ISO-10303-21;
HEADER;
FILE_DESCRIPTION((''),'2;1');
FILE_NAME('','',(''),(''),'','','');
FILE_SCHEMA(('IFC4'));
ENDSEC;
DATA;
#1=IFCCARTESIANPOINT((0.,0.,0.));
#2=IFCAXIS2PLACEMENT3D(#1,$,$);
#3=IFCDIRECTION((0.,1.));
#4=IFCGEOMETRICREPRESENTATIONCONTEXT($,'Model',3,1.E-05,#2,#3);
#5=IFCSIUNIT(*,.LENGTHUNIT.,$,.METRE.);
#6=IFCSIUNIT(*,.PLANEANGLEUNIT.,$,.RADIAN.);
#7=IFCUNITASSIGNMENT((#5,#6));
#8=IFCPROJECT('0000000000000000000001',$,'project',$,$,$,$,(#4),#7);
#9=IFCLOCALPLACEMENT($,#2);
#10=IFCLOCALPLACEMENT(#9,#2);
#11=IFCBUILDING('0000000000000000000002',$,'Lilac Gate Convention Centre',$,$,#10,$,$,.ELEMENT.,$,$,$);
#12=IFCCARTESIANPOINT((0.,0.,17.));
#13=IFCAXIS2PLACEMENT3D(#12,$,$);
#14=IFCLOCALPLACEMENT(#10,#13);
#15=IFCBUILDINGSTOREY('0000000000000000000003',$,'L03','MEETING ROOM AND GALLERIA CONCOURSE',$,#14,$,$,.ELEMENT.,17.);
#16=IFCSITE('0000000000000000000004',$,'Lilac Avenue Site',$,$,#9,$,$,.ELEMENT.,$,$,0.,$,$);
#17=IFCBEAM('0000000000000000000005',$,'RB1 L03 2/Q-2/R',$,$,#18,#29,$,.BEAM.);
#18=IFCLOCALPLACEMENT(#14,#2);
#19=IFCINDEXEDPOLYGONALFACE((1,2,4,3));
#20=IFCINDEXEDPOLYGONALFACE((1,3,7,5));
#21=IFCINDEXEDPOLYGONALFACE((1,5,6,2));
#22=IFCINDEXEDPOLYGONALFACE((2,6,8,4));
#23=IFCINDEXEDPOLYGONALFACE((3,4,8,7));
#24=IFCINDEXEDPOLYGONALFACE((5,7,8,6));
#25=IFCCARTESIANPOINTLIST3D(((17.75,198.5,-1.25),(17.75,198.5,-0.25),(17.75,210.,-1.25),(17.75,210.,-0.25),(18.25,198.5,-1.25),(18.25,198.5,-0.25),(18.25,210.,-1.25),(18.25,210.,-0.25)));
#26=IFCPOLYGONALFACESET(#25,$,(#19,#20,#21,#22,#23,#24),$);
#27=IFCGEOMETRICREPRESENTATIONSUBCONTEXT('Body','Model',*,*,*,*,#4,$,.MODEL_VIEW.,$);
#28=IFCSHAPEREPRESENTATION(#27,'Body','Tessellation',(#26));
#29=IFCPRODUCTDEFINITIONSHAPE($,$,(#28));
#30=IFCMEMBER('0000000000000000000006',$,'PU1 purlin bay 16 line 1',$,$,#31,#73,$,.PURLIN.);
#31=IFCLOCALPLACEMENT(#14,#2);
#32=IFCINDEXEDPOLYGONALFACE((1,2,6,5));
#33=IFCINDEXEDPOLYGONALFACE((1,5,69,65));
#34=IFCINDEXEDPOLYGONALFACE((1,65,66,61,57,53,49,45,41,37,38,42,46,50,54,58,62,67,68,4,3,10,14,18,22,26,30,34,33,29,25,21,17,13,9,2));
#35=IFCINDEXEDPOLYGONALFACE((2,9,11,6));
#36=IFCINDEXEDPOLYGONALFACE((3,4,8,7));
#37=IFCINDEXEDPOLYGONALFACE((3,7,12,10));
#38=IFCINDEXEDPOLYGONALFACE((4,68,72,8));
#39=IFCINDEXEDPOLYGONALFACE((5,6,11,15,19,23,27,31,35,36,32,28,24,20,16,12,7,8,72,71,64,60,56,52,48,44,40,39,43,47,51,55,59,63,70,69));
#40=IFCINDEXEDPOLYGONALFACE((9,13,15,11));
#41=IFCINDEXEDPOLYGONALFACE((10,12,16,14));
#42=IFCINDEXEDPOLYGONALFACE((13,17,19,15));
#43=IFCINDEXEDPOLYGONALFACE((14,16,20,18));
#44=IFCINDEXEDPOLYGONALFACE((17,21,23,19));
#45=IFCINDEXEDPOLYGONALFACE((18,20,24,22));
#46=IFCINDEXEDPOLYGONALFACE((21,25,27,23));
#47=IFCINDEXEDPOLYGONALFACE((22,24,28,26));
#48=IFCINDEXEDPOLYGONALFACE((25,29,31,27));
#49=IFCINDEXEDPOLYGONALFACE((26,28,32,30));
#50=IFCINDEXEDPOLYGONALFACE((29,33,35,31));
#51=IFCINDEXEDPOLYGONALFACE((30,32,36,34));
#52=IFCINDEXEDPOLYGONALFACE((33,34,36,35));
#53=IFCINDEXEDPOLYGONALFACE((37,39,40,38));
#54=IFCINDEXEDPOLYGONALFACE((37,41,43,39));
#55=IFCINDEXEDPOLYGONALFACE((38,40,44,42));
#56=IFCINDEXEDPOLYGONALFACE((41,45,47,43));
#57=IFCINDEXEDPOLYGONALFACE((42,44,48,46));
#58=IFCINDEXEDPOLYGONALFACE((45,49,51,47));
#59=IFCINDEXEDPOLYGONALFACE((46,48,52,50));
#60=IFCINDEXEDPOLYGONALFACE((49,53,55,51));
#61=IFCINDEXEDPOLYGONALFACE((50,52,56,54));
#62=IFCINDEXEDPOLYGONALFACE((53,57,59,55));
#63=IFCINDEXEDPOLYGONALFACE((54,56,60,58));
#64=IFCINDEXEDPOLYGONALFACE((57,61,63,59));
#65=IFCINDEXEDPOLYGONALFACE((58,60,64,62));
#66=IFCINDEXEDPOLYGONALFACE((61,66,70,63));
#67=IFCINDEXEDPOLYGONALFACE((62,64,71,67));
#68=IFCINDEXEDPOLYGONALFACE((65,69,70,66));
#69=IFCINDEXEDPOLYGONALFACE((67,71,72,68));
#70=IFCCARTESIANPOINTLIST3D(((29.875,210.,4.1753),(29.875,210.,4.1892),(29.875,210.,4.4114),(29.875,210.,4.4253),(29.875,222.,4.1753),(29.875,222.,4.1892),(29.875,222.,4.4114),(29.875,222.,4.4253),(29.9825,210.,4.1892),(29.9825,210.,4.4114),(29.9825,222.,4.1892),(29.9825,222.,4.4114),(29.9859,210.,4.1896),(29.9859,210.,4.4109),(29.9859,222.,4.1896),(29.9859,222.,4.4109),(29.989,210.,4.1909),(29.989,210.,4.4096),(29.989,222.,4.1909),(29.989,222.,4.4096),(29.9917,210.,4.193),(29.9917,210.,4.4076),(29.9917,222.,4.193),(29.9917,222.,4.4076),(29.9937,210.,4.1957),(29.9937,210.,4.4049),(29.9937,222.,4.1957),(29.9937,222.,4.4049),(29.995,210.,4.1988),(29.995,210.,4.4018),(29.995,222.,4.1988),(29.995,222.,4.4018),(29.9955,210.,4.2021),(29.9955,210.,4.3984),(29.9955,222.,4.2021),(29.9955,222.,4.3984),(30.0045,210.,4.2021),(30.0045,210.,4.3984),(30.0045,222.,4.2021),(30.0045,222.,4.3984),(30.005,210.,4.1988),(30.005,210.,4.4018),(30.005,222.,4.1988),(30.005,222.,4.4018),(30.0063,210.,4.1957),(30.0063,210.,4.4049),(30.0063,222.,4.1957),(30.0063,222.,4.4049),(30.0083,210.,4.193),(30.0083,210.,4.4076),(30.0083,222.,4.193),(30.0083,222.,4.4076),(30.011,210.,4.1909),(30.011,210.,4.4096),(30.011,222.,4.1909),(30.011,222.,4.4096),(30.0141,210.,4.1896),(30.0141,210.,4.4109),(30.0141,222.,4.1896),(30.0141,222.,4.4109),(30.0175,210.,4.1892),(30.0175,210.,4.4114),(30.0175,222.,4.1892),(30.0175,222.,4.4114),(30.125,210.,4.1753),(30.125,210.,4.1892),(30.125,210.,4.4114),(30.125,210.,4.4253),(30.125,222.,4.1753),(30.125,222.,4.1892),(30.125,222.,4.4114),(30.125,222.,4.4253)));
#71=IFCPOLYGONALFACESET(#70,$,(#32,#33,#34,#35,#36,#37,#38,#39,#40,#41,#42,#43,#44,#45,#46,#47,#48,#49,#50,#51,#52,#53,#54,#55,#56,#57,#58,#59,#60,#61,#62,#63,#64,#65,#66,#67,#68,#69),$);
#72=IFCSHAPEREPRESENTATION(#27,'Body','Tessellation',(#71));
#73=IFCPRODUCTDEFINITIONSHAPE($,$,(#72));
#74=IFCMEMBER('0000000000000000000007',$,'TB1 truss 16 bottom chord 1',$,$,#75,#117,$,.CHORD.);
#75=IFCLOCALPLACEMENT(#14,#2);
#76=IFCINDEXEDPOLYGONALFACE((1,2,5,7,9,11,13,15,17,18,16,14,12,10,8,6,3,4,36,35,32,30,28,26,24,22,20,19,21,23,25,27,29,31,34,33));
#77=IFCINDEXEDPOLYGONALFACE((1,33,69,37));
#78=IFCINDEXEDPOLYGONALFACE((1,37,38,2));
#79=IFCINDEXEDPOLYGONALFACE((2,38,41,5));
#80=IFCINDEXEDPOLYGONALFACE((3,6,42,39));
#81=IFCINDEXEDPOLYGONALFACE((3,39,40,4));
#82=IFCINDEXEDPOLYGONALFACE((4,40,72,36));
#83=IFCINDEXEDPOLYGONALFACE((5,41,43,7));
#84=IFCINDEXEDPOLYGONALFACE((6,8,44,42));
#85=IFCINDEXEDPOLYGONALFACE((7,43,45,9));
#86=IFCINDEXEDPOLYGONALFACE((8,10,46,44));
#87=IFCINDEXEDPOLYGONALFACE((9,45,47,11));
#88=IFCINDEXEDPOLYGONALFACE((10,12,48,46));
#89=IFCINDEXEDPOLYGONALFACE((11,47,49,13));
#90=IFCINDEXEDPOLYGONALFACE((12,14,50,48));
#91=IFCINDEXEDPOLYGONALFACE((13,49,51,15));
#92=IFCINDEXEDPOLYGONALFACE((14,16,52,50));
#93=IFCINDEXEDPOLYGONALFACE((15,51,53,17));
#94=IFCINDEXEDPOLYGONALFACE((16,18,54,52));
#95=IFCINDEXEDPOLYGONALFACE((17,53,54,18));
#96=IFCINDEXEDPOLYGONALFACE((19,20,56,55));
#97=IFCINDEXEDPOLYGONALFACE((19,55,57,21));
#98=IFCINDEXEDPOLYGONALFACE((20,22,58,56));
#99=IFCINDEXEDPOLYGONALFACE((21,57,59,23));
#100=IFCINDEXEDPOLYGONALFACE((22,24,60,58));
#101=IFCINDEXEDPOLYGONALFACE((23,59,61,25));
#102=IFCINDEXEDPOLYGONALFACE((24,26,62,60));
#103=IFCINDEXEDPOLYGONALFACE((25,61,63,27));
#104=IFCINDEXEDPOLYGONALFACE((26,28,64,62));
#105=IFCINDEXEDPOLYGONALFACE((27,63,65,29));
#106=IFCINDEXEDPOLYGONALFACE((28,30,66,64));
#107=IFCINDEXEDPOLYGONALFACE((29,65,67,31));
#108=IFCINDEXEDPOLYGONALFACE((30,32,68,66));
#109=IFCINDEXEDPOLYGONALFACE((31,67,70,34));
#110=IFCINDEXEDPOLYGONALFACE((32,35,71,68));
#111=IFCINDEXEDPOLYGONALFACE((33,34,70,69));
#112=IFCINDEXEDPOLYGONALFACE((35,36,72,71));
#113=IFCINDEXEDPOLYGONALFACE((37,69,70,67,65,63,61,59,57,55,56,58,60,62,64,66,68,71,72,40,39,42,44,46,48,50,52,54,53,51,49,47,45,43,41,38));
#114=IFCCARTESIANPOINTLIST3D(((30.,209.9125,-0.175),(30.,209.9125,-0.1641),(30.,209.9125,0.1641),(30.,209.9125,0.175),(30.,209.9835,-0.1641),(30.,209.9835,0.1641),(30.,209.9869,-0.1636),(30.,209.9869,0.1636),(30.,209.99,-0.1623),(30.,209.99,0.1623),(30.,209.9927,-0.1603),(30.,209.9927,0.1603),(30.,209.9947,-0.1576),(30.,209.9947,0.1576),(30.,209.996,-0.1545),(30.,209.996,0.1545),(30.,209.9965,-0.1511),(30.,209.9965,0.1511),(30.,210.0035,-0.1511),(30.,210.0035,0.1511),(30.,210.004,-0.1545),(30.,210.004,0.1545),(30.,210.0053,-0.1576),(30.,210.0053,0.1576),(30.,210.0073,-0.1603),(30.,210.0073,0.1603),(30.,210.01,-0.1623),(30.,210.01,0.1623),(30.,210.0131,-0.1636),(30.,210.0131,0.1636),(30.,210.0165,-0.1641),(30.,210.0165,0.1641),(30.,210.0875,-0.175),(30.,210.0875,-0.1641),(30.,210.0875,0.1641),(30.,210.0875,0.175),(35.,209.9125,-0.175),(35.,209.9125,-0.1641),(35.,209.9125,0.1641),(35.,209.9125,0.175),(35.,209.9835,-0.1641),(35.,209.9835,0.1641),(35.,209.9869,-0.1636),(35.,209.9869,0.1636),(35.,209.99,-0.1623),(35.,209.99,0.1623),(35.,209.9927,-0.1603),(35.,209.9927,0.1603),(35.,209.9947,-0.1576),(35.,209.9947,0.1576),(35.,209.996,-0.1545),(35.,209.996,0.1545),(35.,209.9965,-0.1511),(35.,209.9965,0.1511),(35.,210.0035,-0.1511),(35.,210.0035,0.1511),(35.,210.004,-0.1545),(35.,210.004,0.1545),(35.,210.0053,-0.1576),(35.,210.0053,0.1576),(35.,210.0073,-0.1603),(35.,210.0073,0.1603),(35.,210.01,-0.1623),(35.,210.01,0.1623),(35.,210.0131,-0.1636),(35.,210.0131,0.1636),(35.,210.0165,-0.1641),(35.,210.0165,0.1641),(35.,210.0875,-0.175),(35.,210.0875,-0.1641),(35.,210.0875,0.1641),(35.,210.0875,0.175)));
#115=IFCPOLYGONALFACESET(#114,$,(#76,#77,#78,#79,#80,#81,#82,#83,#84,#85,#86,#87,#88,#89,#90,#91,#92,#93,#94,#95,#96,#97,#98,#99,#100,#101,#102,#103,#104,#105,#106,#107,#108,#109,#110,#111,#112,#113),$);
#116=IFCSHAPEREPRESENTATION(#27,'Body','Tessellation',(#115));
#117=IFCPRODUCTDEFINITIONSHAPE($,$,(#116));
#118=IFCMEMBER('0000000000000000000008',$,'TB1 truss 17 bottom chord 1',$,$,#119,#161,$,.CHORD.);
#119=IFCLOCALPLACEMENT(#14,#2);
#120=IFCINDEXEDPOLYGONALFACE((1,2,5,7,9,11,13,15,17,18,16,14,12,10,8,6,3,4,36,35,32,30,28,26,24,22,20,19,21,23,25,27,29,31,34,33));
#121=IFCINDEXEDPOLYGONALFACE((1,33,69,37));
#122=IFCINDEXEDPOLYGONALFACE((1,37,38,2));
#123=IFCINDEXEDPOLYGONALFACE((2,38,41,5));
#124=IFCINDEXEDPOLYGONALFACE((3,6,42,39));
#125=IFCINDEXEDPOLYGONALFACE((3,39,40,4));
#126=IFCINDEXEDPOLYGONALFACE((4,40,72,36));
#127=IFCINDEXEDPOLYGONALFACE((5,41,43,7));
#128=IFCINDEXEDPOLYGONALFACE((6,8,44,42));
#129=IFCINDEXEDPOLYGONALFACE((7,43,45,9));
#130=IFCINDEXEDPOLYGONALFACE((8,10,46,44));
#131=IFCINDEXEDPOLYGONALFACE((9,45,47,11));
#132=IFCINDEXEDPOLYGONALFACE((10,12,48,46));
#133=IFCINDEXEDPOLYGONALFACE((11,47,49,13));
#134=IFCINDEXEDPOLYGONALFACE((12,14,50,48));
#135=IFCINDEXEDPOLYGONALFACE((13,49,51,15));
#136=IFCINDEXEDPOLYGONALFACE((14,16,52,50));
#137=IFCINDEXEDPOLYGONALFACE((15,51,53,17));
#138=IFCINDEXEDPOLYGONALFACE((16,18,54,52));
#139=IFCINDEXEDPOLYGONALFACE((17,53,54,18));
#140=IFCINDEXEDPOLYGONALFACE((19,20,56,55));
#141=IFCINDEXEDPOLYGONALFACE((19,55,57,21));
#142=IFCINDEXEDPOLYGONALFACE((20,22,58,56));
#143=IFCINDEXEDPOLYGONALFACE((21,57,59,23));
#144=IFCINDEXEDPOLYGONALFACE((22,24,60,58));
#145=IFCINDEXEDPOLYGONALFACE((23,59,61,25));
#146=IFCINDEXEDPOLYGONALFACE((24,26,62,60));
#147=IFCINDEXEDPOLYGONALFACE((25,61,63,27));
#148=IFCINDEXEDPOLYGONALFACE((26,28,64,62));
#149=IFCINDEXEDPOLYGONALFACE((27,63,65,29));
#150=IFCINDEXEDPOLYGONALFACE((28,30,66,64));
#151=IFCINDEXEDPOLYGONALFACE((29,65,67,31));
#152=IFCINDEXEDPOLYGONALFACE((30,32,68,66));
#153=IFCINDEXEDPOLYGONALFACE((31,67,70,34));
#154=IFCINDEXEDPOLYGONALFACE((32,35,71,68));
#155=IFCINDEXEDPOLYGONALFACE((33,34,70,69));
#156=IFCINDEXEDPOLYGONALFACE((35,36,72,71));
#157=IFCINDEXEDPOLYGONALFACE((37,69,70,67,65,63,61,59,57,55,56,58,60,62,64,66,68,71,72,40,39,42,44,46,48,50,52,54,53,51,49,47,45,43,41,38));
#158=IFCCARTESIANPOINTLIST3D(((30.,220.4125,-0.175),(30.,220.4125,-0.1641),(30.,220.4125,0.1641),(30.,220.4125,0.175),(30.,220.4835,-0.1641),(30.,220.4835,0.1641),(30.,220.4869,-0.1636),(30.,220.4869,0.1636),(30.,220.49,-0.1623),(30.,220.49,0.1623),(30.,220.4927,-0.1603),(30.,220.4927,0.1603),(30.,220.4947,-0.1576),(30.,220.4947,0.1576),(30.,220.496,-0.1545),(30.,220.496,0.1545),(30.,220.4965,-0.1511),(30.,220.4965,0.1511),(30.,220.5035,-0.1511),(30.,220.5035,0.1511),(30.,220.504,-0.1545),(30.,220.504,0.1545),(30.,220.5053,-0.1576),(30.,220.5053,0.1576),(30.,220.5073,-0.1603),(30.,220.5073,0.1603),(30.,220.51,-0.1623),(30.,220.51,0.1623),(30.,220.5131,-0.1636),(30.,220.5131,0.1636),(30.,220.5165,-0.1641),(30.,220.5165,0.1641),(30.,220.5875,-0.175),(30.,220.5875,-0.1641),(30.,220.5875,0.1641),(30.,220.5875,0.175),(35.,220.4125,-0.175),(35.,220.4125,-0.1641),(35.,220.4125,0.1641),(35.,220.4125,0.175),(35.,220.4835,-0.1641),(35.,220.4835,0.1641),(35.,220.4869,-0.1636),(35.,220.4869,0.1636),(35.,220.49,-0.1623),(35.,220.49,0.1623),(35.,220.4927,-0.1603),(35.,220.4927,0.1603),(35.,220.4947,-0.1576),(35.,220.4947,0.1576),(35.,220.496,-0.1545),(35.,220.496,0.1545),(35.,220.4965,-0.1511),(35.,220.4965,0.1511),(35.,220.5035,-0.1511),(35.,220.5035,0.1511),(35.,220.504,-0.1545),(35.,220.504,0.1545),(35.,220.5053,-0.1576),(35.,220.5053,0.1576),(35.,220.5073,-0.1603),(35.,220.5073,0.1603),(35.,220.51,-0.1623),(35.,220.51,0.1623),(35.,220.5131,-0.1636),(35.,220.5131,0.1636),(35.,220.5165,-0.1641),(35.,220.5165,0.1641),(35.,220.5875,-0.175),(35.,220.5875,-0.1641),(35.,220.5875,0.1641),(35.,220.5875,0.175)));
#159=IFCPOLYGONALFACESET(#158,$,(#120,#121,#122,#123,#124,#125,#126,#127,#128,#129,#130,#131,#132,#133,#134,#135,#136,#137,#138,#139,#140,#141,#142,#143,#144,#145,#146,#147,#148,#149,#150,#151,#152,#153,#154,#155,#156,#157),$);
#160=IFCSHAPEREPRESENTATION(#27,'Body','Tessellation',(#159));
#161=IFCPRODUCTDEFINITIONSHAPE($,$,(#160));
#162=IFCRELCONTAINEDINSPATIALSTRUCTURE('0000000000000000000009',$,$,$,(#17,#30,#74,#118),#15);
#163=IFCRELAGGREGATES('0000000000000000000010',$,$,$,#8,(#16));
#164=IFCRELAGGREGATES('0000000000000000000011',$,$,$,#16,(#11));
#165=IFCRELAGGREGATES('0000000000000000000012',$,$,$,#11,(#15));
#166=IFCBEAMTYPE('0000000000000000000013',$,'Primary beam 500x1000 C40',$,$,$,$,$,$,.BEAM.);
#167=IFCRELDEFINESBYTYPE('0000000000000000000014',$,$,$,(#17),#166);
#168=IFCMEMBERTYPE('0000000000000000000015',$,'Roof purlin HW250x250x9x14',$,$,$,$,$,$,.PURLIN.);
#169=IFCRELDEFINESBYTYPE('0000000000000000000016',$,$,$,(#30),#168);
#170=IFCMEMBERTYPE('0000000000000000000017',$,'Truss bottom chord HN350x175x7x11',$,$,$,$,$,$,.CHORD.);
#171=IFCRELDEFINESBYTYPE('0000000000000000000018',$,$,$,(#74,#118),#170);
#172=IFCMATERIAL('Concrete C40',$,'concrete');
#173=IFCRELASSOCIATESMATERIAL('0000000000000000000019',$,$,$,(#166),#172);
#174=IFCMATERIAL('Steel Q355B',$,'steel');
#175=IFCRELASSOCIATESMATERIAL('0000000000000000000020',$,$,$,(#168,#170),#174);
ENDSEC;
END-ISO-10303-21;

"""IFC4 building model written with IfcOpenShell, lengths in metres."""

from ifc_helpers import new_model, si_unit, direction, frame, origin, origin_2d, place, context, subcontext, project, spatial, rectangle, i_section, extrude, material, material_profile, profile_set, type_object, element, save


model = new_model("IFC4")

# Units and contexts
model_context = context("Model", 3, precision=1e-05, world=origin(), true_north=direction((0.0, 1.0)))
body_context = subcontext(model_context, "Body", "Model", "MODEL_VIEW")
ifc_project = project(units=[si_unit("LENGTHUNIT", "METRE"), si_unit("PLANEANGLEUNIT", "RADIAN")], contexts=[model_context])

# Site, building, storey
site_placement = place(None, origin())
site = spatial("IfcSite", under=ifc_project, at=site_placement, Name="Lilac Avenue Site", CompositionType="ELEMENT", RefElevation=0.0)
building_placement = place(site_placement, origin())
building = spatial("IfcBuilding", under=site, at=building_placement, Name="Lilac Gate Convention Centre", CompositionType="ELEMENT")
storey_placement = place(building_placement, frame((0.0, 0.0, 17.0)))
storey = spatial("IfcBuildingStorey", under=building, at=storey_placement, Name="L03", Description="MEETING ROOM AND GALLERIA CONCOURSE", CompositionType="ELEMENT", Elevation=17.0)

# Shared definitions
ifc_material_1 = material(Name="Steel Q355B", Category="steel")

# Beam
ifc_material_2 = material(Name="Concrete C40", Category="concrete")
ifc_material_profile_1 = material_profile(ifc_material_2, rectangle(XDim=0.5, YDim=1.0, at=origin_2d()), Name="RC 500x1000")
ifc_profile_set_1 = profile_set([ifc_material_profile_1], Name="Concrete C40")
beam_type = type_object("IfcBeamType", Name="Primary beam 500x1000 C40", PredefinedType="BEAM", material=ifc_profile_set_1)
beam_placement = place(storey_placement, frame((18.0, 198.5, -0.75), z_axis=(0.0, 1.0, 0.0), x_axis=(-1.0, 0.0, 0.0)))
element("IfcBeam", 1, at=beam_placement, inside=storey, type_object=beam_type, Name="RB1 L03 2/Q-2/R", PredefinedType="BEAM", context=body_context, shape_type="SweptSolid", body=[
    extrude(rectangle(XDim=0.5, YDim=1.0, at=origin_2d()), origin(), (0.0, 0.0, 1.0), 11.5),
])

# Members
ifc_material_profile_2 = material_profile(ifc_material_1, i_section(OverallWidth=0.25, OverallDepth=0.25, WebThickness=0.009, FlangeThickness=0.0139, FilletRadius=0.0129, at=origin_2d()), Name="HW250x250x9x14")
ifc_profile_set_2 = profile_set([ifc_material_profile_2], Name="Steel Q355B")
member_type_1 = type_object("IfcMemberType", Name="Roof purlin HW250x250x9x14", PredefinedType="PURLIN", material=ifc_profile_set_2)
member_1_placement = place(storey_placement, frame((30.0, 210.0, 4.3003), z_axis=(0.0, 1.0, 0.0), x_axis=(-1.0, 0.0, 0.0)))
element("IfcMember", 2, at=member_1_placement, inside=storey, type_object=member_type_1, Name="PU1 purlin bay 16 line 1", PredefinedType="PURLIN", context=body_context, shape_type="SweptSolid", body=[
    extrude(i_section(OverallWidth=0.25, OverallDepth=0.25, WebThickness=0.009, FlangeThickness=0.0139, FilletRadius=0.0129, at=origin_2d()), origin(), (0.0, 0.0, 1.0), 12.0),
])
ifc_material_profile_3 = material_profile(ifc_material_1, i_section(OverallWidth=0.175, OverallDepth=0.3501, WebThickness=0.0071, FlangeThickness=0.011, FilletRadius=0.0129, at=origin_2d()), Name="HN350x175x7x11")
ifc_profile_set_3 = profile_set([ifc_material_profile_3], Name="Steel Q355B")
member_type_2 = type_object("IfcMemberType", Name="Truss bottom chord HN350x175x7x11", PredefinedType="CHORD", material=ifc_profile_set_3)
for number, where, z_axis, x_axis, name in (
    (3, (30.0, 210.0, 0.0), (1.0, 0.0, 0.0), (0.0, 1.0, 0.0), "TB1 truss 16 bottom chord 1"),
    (4, (30.0, 220.5, 0.0), (1.0, 0.0, 0.0), (0.0, 1.0, 0.0), "TB1 truss 17 bottom chord 1"),
):
    element("IfcMember", number, at=place(storey_placement, frame(where, z_axis=z_axis, x_axis=x_axis)), inside=storey, type_object=member_type_2, Name=name, PredefinedType="CHORD", context=body_context, shape_type="SweptSolid", body=[
        extrude(i_section(OverallWidth=0.175, OverallDepth=0.3501, WebThickness=0.0071, FlangeThickness=0.011, FilletRadius=0.0129, at=origin_2d()), origin(), (0.0, 0.0, 1.0), 5.0),
    ])

save(model, "model.ifc")
